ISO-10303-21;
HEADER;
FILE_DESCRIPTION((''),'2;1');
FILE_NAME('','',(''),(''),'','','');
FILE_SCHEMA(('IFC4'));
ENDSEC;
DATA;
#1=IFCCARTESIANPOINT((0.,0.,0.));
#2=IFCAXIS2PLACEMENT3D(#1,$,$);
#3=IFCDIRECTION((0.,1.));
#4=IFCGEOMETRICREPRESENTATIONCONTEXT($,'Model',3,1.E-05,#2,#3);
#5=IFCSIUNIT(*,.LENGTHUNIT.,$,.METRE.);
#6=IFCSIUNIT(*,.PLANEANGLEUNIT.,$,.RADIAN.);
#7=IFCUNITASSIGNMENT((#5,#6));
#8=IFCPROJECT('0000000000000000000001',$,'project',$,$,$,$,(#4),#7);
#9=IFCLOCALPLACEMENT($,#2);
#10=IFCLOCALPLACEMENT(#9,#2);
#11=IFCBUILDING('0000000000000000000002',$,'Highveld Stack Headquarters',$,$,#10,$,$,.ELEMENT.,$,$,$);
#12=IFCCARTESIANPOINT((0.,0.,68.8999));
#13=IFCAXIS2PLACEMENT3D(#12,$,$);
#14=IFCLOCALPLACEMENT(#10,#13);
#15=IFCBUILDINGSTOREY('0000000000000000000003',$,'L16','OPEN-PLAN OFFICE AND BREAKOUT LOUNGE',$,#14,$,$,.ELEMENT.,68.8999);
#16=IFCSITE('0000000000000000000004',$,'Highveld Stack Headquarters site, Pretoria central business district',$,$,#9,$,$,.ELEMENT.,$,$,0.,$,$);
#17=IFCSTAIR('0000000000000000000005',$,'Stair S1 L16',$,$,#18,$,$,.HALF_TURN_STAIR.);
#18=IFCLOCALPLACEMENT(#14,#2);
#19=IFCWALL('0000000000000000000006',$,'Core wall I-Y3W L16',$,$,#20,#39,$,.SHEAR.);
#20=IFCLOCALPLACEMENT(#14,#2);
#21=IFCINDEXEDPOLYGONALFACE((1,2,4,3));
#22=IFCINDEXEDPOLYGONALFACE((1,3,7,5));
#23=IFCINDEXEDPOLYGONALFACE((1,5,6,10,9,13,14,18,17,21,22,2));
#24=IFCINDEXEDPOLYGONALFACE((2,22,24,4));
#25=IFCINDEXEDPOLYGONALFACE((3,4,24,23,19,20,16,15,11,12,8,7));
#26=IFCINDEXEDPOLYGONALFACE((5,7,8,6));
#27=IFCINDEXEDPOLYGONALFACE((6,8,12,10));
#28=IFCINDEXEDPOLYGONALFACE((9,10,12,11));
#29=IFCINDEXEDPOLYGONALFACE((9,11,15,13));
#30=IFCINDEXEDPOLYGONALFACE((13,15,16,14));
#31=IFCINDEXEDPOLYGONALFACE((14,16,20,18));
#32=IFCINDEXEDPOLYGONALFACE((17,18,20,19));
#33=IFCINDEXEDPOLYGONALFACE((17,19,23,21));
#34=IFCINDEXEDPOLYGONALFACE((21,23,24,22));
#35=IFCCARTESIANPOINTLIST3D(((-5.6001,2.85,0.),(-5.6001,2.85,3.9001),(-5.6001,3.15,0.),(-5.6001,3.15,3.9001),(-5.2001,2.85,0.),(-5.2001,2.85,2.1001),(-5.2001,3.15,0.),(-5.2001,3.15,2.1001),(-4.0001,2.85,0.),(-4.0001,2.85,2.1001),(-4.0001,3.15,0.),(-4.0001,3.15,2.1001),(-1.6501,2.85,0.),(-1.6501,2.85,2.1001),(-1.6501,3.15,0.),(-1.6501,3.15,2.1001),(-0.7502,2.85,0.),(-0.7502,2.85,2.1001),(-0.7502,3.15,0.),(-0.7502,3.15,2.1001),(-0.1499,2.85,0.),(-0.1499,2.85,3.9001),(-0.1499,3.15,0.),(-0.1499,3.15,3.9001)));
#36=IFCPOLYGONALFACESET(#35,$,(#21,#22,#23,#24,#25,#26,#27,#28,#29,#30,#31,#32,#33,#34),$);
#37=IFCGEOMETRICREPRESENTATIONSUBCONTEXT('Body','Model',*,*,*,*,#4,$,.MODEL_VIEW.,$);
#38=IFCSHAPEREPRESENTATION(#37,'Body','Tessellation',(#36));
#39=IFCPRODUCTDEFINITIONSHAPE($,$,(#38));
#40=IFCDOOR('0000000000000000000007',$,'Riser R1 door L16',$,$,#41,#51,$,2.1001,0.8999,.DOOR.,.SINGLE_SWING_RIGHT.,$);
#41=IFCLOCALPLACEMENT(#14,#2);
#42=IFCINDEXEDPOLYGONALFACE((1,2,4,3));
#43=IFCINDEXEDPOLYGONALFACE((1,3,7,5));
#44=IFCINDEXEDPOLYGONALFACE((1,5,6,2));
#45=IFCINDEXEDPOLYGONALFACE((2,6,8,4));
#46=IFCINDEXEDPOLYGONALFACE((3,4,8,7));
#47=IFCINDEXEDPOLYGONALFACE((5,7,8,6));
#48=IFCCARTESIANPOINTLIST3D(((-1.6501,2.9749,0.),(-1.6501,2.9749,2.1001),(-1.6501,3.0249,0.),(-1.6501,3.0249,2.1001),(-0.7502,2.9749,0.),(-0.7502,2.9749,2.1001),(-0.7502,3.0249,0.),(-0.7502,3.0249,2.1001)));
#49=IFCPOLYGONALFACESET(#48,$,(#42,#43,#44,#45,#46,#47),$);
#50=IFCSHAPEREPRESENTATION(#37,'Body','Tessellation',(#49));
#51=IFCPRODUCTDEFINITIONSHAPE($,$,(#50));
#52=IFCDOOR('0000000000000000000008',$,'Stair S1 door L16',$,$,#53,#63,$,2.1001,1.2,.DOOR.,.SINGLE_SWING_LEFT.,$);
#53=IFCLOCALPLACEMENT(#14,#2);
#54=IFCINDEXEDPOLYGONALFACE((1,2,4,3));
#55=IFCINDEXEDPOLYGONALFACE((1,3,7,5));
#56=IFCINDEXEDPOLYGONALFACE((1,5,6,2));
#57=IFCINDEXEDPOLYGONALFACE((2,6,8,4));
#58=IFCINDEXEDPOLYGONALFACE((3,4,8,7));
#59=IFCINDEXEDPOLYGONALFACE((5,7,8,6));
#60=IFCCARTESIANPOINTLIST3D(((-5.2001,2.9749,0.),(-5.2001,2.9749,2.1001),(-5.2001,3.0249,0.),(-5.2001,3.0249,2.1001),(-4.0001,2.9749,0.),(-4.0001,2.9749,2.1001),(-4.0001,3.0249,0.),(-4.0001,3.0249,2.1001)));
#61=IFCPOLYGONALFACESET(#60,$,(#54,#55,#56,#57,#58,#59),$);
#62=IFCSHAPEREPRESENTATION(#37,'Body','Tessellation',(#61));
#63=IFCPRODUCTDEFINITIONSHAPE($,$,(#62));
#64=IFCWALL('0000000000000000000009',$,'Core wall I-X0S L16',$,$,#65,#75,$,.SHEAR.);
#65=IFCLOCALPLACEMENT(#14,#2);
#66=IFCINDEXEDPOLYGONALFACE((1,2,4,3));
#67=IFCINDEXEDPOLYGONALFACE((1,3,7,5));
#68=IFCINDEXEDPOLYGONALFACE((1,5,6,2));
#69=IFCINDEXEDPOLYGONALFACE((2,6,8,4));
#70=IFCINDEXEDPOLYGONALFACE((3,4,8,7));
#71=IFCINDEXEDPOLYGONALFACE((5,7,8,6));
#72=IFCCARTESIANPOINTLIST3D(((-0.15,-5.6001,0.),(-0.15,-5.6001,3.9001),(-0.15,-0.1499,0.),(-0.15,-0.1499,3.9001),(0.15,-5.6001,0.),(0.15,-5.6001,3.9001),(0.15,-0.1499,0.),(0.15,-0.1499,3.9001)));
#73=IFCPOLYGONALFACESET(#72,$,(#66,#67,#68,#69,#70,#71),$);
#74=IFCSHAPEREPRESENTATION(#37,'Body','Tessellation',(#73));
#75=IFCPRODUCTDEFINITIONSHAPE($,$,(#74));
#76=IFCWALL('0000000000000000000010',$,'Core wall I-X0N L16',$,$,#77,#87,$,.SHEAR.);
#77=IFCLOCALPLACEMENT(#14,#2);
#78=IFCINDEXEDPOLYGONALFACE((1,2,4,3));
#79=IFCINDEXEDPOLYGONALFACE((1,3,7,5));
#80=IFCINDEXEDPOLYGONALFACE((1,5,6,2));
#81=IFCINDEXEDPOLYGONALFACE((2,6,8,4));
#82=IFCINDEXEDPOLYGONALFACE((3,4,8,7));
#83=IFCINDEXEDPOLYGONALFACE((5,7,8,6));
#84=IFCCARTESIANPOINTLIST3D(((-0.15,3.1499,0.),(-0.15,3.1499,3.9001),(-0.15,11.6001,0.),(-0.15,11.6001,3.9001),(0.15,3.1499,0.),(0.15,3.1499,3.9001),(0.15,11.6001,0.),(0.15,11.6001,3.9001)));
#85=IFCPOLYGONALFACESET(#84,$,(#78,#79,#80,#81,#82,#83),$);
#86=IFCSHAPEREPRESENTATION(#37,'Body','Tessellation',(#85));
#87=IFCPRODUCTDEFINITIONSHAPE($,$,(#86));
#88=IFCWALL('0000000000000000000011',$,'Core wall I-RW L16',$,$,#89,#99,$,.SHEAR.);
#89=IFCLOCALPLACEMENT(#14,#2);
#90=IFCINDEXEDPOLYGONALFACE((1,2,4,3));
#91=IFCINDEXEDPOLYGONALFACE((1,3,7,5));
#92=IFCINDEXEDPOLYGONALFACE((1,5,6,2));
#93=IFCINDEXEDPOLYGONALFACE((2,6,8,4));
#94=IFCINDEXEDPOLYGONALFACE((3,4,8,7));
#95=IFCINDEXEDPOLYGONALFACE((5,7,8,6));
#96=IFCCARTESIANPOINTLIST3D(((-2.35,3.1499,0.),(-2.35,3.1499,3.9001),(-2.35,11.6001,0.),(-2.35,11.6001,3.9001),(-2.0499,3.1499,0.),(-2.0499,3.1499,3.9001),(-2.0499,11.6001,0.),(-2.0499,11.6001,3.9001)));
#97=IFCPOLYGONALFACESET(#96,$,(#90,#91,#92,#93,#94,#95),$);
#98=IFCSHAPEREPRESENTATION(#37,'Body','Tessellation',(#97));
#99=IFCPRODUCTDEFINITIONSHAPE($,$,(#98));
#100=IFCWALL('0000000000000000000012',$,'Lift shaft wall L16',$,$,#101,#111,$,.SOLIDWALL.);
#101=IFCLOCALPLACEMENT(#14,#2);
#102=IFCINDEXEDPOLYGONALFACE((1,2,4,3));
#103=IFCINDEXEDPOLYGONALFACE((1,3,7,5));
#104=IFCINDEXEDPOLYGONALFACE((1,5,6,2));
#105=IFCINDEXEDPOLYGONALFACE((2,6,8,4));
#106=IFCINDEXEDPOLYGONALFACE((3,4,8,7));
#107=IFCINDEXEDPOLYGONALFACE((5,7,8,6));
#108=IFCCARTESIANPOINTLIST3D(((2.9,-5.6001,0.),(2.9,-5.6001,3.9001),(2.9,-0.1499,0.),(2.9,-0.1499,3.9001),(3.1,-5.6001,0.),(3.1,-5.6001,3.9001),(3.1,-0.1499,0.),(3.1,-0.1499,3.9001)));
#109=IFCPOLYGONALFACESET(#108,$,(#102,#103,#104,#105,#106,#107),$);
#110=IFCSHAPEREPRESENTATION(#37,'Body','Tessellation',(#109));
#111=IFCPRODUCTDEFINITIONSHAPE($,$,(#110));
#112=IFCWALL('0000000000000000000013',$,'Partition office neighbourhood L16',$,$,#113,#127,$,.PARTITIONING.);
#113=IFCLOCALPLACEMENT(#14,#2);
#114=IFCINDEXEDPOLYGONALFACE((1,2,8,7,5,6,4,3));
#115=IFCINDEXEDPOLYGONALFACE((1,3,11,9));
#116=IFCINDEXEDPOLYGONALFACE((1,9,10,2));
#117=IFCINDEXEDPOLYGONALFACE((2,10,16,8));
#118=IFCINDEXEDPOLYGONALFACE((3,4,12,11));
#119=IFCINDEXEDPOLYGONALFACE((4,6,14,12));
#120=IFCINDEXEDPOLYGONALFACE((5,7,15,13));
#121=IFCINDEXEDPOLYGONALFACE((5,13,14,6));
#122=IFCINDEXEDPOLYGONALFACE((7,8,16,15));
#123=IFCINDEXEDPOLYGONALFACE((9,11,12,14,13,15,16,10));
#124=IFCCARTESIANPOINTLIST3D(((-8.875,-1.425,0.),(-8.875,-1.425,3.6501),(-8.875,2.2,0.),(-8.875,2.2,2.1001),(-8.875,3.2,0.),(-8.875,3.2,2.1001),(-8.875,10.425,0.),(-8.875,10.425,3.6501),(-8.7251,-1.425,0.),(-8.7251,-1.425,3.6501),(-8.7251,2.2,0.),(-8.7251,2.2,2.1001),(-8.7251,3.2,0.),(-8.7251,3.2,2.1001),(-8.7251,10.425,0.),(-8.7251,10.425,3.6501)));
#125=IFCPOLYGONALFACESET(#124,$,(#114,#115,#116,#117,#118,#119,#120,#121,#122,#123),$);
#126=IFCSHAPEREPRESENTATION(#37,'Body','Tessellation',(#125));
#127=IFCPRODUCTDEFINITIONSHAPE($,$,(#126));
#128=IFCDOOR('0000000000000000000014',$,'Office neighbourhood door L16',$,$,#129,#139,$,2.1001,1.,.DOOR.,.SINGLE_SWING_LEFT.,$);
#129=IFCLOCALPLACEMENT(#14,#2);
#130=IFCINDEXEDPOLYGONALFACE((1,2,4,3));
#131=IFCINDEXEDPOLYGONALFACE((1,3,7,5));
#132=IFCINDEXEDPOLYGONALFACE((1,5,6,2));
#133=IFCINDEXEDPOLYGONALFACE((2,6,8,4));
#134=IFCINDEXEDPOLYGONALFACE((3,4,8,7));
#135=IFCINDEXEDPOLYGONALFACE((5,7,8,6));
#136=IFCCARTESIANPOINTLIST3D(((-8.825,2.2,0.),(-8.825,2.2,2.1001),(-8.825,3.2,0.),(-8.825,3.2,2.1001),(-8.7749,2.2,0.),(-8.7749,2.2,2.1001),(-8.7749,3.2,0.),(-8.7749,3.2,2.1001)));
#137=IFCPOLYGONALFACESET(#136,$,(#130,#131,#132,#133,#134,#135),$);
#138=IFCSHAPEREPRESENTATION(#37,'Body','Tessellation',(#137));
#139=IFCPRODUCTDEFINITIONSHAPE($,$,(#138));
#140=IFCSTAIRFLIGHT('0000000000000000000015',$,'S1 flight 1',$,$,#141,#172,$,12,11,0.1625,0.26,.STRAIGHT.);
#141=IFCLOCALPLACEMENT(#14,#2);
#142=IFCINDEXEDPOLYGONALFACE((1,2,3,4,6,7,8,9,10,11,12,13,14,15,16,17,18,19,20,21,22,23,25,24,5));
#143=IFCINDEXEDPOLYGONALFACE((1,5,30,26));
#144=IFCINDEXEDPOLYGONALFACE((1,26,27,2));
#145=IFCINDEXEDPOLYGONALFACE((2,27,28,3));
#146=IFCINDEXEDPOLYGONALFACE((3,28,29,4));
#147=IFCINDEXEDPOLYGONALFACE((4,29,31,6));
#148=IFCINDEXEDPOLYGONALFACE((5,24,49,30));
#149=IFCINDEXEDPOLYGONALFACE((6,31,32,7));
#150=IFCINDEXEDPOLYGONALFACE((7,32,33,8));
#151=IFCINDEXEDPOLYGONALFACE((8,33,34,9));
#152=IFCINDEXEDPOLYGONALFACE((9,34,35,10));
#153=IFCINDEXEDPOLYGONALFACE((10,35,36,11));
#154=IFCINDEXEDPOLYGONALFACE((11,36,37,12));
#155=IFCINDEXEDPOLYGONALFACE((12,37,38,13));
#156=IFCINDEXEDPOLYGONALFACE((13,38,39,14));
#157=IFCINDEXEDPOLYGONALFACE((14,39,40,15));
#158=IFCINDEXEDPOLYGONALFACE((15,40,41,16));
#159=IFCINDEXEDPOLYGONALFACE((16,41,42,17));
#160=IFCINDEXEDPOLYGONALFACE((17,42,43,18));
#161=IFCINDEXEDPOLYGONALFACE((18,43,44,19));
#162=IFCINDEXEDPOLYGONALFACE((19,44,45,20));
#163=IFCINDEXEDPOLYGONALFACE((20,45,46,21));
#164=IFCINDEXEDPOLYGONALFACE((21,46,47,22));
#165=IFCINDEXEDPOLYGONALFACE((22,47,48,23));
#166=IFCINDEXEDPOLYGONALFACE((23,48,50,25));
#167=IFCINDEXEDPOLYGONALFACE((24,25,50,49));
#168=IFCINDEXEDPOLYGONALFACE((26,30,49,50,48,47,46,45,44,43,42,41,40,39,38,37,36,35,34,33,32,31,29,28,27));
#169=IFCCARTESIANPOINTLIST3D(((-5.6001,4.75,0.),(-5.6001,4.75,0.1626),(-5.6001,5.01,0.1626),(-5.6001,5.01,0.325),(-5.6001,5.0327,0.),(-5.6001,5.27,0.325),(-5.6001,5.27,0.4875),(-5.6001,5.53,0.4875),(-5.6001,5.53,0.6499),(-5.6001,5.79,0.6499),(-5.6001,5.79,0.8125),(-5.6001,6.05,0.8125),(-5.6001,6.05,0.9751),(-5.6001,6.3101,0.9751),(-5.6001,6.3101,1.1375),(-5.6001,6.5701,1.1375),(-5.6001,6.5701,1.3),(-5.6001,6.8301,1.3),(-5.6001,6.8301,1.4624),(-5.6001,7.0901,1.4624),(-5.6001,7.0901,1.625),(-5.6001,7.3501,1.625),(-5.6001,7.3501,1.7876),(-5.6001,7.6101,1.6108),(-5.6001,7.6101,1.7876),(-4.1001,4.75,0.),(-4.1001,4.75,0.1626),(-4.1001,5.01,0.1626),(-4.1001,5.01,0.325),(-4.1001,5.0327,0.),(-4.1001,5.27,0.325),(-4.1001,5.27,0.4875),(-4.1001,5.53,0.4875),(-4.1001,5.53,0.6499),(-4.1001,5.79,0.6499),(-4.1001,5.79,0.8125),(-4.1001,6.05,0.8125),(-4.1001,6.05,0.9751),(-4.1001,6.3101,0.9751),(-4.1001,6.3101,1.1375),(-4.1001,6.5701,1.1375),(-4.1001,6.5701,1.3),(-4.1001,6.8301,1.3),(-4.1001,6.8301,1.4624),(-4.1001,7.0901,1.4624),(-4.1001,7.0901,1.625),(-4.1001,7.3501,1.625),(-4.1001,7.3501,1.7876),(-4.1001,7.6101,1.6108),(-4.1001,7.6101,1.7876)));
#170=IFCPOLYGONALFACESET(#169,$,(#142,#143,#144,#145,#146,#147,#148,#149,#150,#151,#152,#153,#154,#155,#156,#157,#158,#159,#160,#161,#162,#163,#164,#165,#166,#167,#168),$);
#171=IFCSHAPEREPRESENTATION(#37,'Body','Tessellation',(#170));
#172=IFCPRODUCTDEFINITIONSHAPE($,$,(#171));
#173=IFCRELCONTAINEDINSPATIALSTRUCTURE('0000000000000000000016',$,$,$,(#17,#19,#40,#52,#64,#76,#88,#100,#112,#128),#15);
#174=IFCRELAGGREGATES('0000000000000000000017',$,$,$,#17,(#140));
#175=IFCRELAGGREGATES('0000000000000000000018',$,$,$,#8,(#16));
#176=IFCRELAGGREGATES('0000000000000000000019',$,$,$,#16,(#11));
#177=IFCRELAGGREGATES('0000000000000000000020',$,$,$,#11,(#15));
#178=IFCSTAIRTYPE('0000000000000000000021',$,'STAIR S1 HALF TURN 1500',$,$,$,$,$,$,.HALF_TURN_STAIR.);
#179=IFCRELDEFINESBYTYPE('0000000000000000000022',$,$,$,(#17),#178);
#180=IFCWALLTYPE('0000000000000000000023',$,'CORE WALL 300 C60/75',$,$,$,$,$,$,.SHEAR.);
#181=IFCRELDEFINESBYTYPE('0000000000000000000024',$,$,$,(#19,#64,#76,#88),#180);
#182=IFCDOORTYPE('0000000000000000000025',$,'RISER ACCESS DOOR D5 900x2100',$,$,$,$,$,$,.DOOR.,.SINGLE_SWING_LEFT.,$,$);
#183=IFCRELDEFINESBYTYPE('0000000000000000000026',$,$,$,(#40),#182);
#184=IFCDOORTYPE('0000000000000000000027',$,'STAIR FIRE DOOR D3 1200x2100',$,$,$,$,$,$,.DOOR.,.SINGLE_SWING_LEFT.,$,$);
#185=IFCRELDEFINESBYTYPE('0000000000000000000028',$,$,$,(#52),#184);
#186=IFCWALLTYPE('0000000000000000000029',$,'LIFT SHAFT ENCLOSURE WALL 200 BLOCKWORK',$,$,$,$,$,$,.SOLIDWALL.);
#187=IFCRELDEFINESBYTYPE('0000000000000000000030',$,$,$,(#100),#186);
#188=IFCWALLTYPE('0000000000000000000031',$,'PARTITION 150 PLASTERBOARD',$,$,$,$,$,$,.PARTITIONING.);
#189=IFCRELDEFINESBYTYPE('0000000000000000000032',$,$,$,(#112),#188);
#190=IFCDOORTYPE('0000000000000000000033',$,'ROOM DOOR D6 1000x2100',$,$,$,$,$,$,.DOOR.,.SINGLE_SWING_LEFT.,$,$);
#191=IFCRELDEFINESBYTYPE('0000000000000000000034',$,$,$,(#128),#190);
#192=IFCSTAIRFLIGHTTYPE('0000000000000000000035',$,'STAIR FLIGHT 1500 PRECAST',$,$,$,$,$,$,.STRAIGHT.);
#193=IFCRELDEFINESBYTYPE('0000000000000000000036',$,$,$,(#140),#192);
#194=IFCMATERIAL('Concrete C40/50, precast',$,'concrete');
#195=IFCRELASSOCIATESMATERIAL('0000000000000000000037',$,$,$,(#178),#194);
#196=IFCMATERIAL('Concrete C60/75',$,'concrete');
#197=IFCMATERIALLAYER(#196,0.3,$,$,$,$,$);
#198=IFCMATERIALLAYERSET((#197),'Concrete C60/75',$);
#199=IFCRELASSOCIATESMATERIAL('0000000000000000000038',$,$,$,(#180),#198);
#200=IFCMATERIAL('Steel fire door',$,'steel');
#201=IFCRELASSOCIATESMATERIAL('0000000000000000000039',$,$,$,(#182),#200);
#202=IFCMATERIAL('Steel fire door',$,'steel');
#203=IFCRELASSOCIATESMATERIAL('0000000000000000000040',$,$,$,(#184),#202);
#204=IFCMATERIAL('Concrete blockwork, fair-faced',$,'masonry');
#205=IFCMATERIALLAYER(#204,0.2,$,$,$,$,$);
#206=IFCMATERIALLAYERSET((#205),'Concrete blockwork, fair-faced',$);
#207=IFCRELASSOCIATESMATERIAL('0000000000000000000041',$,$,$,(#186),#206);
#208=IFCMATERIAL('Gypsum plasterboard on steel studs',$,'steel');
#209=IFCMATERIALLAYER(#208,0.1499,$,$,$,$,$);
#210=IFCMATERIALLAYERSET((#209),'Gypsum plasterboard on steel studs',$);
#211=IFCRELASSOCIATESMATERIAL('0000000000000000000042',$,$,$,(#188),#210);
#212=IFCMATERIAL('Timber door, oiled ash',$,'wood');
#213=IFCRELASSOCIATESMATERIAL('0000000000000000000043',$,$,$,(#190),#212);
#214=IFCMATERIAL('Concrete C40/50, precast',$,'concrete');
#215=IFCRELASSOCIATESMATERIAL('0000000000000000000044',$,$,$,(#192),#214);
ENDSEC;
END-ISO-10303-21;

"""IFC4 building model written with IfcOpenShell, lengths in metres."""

from ifc_helpers import new_model, si_unit, direction, frame, frame_2d, origin, place, context, subcontext, project, spatial, polyline, rectangle, outline, extrude, material, layer, layer_set, type_object, element, fill, aggregate, save


model = new_model("IFC4")

# Units and contexts
model_context = context("Model", 3, precision=1e-05, world=origin(), true_north=direction((0.0, 1.0)))
body_context = subcontext(model_context, "Body", "Model", "MODEL_VIEW")
ifc_project = project(units=[si_unit("LENGTHUNIT", "METRE"), si_unit("PLANEANGLEUNIT", "RADIAN")], contexts=[model_context])

# Site, building, storey
site_placement = place(None, origin())
site = spatial("IfcSite", under=ifc_project, at=site_placement, Name="Highveld Stack Headquarters site, Pretoria central business district", CompositionType="ELEMENT", RefElevation=0.0)
building_placement = place(site_placement, origin())
building = spatial("IfcBuilding", under=site, at=building_placement, Name="Highveld Stack Headquarters", CompositionType="ELEMENT")
storey_placement = place(building_placement, frame((0.0, 0.0, 68.8999)))
storey = spatial("IfcBuildingStorey", under=building, at=storey_placement, Name="L16", Description="OPEN-PLAN OFFICE AND BREAKOUT LOUNGE", CompositionType="ELEMENT", Elevation=68.8999)

# Stair
ifc_material_1 = material(Name="Concrete C40/50, precast", Category="concrete")
stair_type_1 = type_object("IfcStairType", Name="STAIR S1 HALF TURN 1500", PredefinedType="HALF_TURN_STAIR", material=ifc_material_1)
stair_1_placement = place(storey_placement, origin())
stair_1 = element("IfcStair", 1, at=stair_1_placement, inside=storey, type_object=stair_type_1, Name="Stair S1 L16", PredefinedType="HALF_TURN_STAIR")

# Wall, openings, doors
ifc_material_2 = material(Name="Concrete C60/75", Category="concrete")
ifc_layer_1 = layer(ifc_material_2, 0.3)
ifc_layer_set_1 = layer_set([ifc_layer_1], Name="Concrete C60/75")
wall_type_1 = type_object("IfcWallType", Name="CORE WALL 300 C60/75", PredefinedType="SHEAR", material=ifc_layer_set_1)
wall_1_placement = place(storey_placement, frame((-5.6001, 3.0, 0.0), z_axis=(0.0, 0.0, 1.0), x_axis=(1.0, 0.0, 0.0)))
wall_1 = element("IfcWall", 2, at=wall_1_placement, inside=storey, type_object=wall_type_1, Name="Core wall I-Y3W L16", PredefinedType="SHEAR", context=body_context, shape_type="SweptSolid", body=[
    extrude(rectangle(XDim=5.4502, YDim=0.3, at=frame_2d((2.7251, 0.0))), origin(), (0.0, 0.0, 1.0), 3.9001),
])
opening_1_placement = place(wall_1_placement, frame((0.3999, 0.0, 0.0)))
opening_1 = element("IfcOpeningElement", 3, at=opening_1_placement, cuts=wall_1, PredefinedType="OPENING", context=body_context, shape_type="SweptSolid", body=[
    extrude(rectangle(XDim=1.2, YDim=2.1001, at=frame_2d((0.6001, 1.05))), frame((0.0, 0.1599, 0.0), z_axis=(0.0, -1.0, 0.0), x_axis=(1.0, 0.0, 0.0)), (0.0, 0.0, 1.0), 0.3201),
])
opening_2_placement = place(wall_1_placement, frame((3.95, 0.0, 0.0)))
opening_2 = element("IfcOpeningElement", 4, at=opening_2_placement, cuts=wall_1, PredefinedType="OPENING", context=body_context, shape_type="SweptSolid", body=[
    extrude(rectangle(XDim=0.8999, YDim=2.1001, at=frame_2d((0.45, 1.05))), frame((0.0, 0.1599, 0.0), z_axis=(0.0, -1.0, 0.0), x_axis=(1.0, 0.0, 0.0)), (0.0, 0.0, 1.0), 0.3201),
])
ifc_material_3 = material(Name="Steel fire door", Category="steel")
door_type_1 = type_object("IfcDoorType", Name="RISER ACCESS DOOR D5 900x2100", OperationType="SINGLE_SWING_LEFT", PredefinedType="DOOR", material=ifc_material_3)
door_1_placement = place(opening_2_placement, origin())
door_1 = element("IfcDoor", 5, at=door_1_placement, inside=storey, type_object=door_type_1, Name="Riser R1 door L16", OperationType="SINGLE_SWING_RIGHT", OverallHeight=2.1001, OverallWidth=0.8999, PredefinedType="DOOR", context=body_context, shape_type="SweptSolid", body=[
    extrude(rectangle(XDim=0.8999, YDim=2.1001, at=frame_2d((0.45, 1.05))), frame((0.0, 0.0249, 0.0), z_axis=(0.0, -1.0, 0.0), x_axis=(1.0, 0.0, 0.0)), (0.0, 0.0, 1.0), 0.05),
])
fill(opening_2, door_1)
ifc_material_4 = material(Name="Steel fire door", Category="steel")
door_type_2 = type_object("IfcDoorType", Name="STAIR FIRE DOOR D3 1200x2100", OperationType="SINGLE_SWING_LEFT", PredefinedType="DOOR", material=ifc_material_4)
door_2_placement = place(opening_1_placement, origin())
door_2 = element("IfcDoor", 6, at=door_2_placement, inside=storey, type_object=door_type_2, Name="Stair S1 door L16", OperationType="SINGLE_SWING_LEFT", OverallHeight=2.1001, OverallWidth=1.2, PredefinedType="DOOR", context=body_context, shape_type="SweptSolid", body=[
    extrude(rectangle(XDim=1.2, YDim=2.1001, at=frame_2d((0.6001, 1.05))), frame((0.0, 0.0249, 0.0), z_axis=(0.0, -1.0, 0.0), x_axis=(1.0, 0.0, 0.0)), (0.0, 0.0, 1.0), 0.05),
])
fill(opening_1, door_2)

# Walls
wall_2_placement = place(storey_placement, frame((0.0, -5.6001, 0.0), z_axis=(0.0, 0.0, 1.0), x_axis=(0.0, 1.0, 0.0)))
element("IfcWall", 7, at=wall_2_placement, inside=storey, type_object=wall_type_1, Name="Core wall I-X0S L16", PredefinedType="SHEAR", context=body_context, shape_type="SweptSolid", body=[
    extrude(rectangle(XDim=5.4502, YDim=0.3, at=frame_2d((2.7251, 0.0))), origin(), (0.0, 0.0, 1.0), 3.9001),
])
for number, where, z_axis, x_axis, name in (
    (8, (0.0, 3.1499, 0.0), (0.0, 0.0, 1.0), (0.0, 1.0, 0.0), "Core wall I-X0N L16"),
    (9, (-2.2, 3.1499, 0.0), (0.0, 0.0, 1.0), (0.0, 1.0, 0.0), "Core wall I-RW L16"),
):
    element("IfcWall", number, at=place(storey_placement, frame(where, z_axis=z_axis, x_axis=x_axis)), inside=storey, type_object=wall_type_1, Name=name, PredefinedType="SHEAR", context=body_context, shape_type="SweptSolid", body=[
        extrude(rectangle(XDim=8.4502, YDim=0.3, at=frame_2d((4.2251, 0.0))), origin(), (0.0, 0.0, 1.0), 3.9001),
    ])
ifc_material_5 = material(Name="Concrete blockwork, fair-faced", Category="masonry")
ifc_layer_2 = layer(ifc_material_5, 0.2)
ifc_layer_set_2 = layer_set([ifc_layer_2], Name="Concrete blockwork, fair-faced")
wall_type_2 = type_object("IfcWallType", Name="LIFT SHAFT ENCLOSURE WALL 200 BLOCKWORK", PredefinedType="SOLIDWALL", material=ifc_layer_set_2)
wall_3_placement = place(storey_placement, frame((3.0, -5.6001, 0.0), z_axis=(0.0, 0.0, 1.0), x_axis=(0.0, 1.0, 0.0)))
element("IfcWall", 10, at=wall_3_placement, inside=storey, type_object=wall_type_2, Name="Lift shaft wall L16", PredefinedType="SOLIDWALL", context=body_context, shape_type="SweptSolid", body=[
    extrude(rectangle(XDim=5.4502, YDim=0.2, at=frame_2d((2.7251, 0.0))), origin(), (0.0, 0.0, 1.0), 3.9001),
])

# Wall, opening, door
ifc_material_6 = material(Name="Gypsum plasterboard on steel studs", Category="steel")
ifc_layer_3 = layer(ifc_material_6, 0.1499)
ifc_layer_set_3 = layer_set([ifc_layer_3], Name="Gypsum plasterboard on steel studs")
wall_type_3 = type_object("IfcWallType", Name="PARTITION 150 PLASTERBOARD", PredefinedType="PARTITIONING", material=ifc_layer_set_3)
wall_4_placement = place(storey_placement, frame((-8.8, -1.425, 0.0), z_axis=(0.0, 0.0, 1.0), x_axis=(0.0, 1.0, 0.0)))
wall_4 = element("IfcWall", 11, at=wall_4_placement, inside=storey, type_object=wall_type_3, Name="Partition office neighbourhood L16", PredefinedType="PARTITIONING", context=body_context, shape_type="SweptSolid", body=[
    extrude(rectangle(XDim=11.8501, YDim=0.1499, at=frame_2d((5.925, 0.0))), origin(), (0.0, 0.0, 1.0), 3.6501),
])
opening_3_placement = place(wall_4_placement, frame((3.625, 0.0, 0.0)))
opening_3 = element("IfcOpeningElement", 12, at=opening_3_placement, cuts=wall_4, PredefinedType="OPENING", context=body_context, shape_type="SweptSolid", body=[
    extrude(rectangle(XDim=1.0, YDim=2.1001, at=frame_2d((0.5, 1.05))), frame((0.0, 0.085, 0.0), z_axis=(0.0, -1.0, 0.0), x_axis=(1.0, 0.0, 0.0)), (0.0, 0.0, 1.0), 0.1699),
])
ifc_material_7 = material(Name="Timber door, oiled ash", Category="wood")
door_type_3 = type_object("IfcDoorType", Name="ROOM DOOR D6 1000x2100", OperationType="SINGLE_SWING_LEFT", PredefinedType="DOOR", material=ifc_material_7)
door_3_placement = place(opening_3_placement, origin())
door_3 = element("IfcDoor", 13, at=door_3_placement, inside=storey, type_object=door_type_3, Name="Office neighbourhood door L16", OperationType="SINGLE_SWING_LEFT", OverallHeight=2.1001, OverallWidth=1.0, PredefinedType="DOOR", context=body_context, shape_type="SweptSolid", body=[
    extrude(rectangle(XDim=1.0, YDim=2.1001, at=frame_2d((0.5, 1.05))), frame((0.0, 0.0249, 0.0), z_axis=(0.0, -1.0, 0.0), x_axis=(1.0, 0.0, 0.0)), (0.0, 0.0, 1.0), 0.05),
])
fill(opening_3, door_3)

# Stair flight
ifc_material_8 = material(Name="Concrete C40/50, precast", Category="concrete")
stair_flight_type = type_object("IfcStairFlightType", Name="STAIR FLIGHT 1500 PRECAST", PredefinedType="STRAIGHT", material=ifc_material_8)
stair_flight_placement = place(storey_placement, frame((-4.8501, 4.75, 0.0), z_axis=(0.0, 0.0, 1.0), x_axis=(0.0, 1.0, 0.0)))
stair_flight = element("IfcStairFlight", 14, at=stair_flight_placement, type_object=stair_flight_type, Name="S1 flight 1", NumberOfRisers=12, NumberOfTreads=11, PredefinedType="STRAIGHT", RiserHeight=0.1625, TreadLength=0.26, context=body_context, shape_type="SweptSolid", body=[
    extrude(outline(polyline([(0.0, 0.0), (0.0, 0.1626), (0.26, 0.1626), (0.26, 0.325), (0.52, 0.325), (0.52, 0.4875), (0.78, 0.4875), (0.78, 0.6499), (1.04, 0.6499), (1.04, 0.8125), (1.3, 0.8125), (1.3, 0.9751), (1.5601, 0.9751), (1.5601, 1.1375), (1.8201, 1.1375), (1.8201, 1.3), (2.0801, 1.3), (2.0801, 1.4624), (2.3401, 1.4624), (2.3401, 1.625), (2.6001, 1.625), (2.6001, 1.7876), (2.8601, 1.7876), (2.8601, 1.95), (2.8601, 1.6108), (0.2827, 0.0), (0.0, 0.0)])), frame((0.0, 0.75, 0.0), z_axis=(0.0, -1.0, 0.0), x_axis=(1.0, 0.0, 0.0)), (0.0, 0.0, 1.0), 1.5),
])
aggregate(stair_1, [stair_flight])

save(model, "model.ifc")
